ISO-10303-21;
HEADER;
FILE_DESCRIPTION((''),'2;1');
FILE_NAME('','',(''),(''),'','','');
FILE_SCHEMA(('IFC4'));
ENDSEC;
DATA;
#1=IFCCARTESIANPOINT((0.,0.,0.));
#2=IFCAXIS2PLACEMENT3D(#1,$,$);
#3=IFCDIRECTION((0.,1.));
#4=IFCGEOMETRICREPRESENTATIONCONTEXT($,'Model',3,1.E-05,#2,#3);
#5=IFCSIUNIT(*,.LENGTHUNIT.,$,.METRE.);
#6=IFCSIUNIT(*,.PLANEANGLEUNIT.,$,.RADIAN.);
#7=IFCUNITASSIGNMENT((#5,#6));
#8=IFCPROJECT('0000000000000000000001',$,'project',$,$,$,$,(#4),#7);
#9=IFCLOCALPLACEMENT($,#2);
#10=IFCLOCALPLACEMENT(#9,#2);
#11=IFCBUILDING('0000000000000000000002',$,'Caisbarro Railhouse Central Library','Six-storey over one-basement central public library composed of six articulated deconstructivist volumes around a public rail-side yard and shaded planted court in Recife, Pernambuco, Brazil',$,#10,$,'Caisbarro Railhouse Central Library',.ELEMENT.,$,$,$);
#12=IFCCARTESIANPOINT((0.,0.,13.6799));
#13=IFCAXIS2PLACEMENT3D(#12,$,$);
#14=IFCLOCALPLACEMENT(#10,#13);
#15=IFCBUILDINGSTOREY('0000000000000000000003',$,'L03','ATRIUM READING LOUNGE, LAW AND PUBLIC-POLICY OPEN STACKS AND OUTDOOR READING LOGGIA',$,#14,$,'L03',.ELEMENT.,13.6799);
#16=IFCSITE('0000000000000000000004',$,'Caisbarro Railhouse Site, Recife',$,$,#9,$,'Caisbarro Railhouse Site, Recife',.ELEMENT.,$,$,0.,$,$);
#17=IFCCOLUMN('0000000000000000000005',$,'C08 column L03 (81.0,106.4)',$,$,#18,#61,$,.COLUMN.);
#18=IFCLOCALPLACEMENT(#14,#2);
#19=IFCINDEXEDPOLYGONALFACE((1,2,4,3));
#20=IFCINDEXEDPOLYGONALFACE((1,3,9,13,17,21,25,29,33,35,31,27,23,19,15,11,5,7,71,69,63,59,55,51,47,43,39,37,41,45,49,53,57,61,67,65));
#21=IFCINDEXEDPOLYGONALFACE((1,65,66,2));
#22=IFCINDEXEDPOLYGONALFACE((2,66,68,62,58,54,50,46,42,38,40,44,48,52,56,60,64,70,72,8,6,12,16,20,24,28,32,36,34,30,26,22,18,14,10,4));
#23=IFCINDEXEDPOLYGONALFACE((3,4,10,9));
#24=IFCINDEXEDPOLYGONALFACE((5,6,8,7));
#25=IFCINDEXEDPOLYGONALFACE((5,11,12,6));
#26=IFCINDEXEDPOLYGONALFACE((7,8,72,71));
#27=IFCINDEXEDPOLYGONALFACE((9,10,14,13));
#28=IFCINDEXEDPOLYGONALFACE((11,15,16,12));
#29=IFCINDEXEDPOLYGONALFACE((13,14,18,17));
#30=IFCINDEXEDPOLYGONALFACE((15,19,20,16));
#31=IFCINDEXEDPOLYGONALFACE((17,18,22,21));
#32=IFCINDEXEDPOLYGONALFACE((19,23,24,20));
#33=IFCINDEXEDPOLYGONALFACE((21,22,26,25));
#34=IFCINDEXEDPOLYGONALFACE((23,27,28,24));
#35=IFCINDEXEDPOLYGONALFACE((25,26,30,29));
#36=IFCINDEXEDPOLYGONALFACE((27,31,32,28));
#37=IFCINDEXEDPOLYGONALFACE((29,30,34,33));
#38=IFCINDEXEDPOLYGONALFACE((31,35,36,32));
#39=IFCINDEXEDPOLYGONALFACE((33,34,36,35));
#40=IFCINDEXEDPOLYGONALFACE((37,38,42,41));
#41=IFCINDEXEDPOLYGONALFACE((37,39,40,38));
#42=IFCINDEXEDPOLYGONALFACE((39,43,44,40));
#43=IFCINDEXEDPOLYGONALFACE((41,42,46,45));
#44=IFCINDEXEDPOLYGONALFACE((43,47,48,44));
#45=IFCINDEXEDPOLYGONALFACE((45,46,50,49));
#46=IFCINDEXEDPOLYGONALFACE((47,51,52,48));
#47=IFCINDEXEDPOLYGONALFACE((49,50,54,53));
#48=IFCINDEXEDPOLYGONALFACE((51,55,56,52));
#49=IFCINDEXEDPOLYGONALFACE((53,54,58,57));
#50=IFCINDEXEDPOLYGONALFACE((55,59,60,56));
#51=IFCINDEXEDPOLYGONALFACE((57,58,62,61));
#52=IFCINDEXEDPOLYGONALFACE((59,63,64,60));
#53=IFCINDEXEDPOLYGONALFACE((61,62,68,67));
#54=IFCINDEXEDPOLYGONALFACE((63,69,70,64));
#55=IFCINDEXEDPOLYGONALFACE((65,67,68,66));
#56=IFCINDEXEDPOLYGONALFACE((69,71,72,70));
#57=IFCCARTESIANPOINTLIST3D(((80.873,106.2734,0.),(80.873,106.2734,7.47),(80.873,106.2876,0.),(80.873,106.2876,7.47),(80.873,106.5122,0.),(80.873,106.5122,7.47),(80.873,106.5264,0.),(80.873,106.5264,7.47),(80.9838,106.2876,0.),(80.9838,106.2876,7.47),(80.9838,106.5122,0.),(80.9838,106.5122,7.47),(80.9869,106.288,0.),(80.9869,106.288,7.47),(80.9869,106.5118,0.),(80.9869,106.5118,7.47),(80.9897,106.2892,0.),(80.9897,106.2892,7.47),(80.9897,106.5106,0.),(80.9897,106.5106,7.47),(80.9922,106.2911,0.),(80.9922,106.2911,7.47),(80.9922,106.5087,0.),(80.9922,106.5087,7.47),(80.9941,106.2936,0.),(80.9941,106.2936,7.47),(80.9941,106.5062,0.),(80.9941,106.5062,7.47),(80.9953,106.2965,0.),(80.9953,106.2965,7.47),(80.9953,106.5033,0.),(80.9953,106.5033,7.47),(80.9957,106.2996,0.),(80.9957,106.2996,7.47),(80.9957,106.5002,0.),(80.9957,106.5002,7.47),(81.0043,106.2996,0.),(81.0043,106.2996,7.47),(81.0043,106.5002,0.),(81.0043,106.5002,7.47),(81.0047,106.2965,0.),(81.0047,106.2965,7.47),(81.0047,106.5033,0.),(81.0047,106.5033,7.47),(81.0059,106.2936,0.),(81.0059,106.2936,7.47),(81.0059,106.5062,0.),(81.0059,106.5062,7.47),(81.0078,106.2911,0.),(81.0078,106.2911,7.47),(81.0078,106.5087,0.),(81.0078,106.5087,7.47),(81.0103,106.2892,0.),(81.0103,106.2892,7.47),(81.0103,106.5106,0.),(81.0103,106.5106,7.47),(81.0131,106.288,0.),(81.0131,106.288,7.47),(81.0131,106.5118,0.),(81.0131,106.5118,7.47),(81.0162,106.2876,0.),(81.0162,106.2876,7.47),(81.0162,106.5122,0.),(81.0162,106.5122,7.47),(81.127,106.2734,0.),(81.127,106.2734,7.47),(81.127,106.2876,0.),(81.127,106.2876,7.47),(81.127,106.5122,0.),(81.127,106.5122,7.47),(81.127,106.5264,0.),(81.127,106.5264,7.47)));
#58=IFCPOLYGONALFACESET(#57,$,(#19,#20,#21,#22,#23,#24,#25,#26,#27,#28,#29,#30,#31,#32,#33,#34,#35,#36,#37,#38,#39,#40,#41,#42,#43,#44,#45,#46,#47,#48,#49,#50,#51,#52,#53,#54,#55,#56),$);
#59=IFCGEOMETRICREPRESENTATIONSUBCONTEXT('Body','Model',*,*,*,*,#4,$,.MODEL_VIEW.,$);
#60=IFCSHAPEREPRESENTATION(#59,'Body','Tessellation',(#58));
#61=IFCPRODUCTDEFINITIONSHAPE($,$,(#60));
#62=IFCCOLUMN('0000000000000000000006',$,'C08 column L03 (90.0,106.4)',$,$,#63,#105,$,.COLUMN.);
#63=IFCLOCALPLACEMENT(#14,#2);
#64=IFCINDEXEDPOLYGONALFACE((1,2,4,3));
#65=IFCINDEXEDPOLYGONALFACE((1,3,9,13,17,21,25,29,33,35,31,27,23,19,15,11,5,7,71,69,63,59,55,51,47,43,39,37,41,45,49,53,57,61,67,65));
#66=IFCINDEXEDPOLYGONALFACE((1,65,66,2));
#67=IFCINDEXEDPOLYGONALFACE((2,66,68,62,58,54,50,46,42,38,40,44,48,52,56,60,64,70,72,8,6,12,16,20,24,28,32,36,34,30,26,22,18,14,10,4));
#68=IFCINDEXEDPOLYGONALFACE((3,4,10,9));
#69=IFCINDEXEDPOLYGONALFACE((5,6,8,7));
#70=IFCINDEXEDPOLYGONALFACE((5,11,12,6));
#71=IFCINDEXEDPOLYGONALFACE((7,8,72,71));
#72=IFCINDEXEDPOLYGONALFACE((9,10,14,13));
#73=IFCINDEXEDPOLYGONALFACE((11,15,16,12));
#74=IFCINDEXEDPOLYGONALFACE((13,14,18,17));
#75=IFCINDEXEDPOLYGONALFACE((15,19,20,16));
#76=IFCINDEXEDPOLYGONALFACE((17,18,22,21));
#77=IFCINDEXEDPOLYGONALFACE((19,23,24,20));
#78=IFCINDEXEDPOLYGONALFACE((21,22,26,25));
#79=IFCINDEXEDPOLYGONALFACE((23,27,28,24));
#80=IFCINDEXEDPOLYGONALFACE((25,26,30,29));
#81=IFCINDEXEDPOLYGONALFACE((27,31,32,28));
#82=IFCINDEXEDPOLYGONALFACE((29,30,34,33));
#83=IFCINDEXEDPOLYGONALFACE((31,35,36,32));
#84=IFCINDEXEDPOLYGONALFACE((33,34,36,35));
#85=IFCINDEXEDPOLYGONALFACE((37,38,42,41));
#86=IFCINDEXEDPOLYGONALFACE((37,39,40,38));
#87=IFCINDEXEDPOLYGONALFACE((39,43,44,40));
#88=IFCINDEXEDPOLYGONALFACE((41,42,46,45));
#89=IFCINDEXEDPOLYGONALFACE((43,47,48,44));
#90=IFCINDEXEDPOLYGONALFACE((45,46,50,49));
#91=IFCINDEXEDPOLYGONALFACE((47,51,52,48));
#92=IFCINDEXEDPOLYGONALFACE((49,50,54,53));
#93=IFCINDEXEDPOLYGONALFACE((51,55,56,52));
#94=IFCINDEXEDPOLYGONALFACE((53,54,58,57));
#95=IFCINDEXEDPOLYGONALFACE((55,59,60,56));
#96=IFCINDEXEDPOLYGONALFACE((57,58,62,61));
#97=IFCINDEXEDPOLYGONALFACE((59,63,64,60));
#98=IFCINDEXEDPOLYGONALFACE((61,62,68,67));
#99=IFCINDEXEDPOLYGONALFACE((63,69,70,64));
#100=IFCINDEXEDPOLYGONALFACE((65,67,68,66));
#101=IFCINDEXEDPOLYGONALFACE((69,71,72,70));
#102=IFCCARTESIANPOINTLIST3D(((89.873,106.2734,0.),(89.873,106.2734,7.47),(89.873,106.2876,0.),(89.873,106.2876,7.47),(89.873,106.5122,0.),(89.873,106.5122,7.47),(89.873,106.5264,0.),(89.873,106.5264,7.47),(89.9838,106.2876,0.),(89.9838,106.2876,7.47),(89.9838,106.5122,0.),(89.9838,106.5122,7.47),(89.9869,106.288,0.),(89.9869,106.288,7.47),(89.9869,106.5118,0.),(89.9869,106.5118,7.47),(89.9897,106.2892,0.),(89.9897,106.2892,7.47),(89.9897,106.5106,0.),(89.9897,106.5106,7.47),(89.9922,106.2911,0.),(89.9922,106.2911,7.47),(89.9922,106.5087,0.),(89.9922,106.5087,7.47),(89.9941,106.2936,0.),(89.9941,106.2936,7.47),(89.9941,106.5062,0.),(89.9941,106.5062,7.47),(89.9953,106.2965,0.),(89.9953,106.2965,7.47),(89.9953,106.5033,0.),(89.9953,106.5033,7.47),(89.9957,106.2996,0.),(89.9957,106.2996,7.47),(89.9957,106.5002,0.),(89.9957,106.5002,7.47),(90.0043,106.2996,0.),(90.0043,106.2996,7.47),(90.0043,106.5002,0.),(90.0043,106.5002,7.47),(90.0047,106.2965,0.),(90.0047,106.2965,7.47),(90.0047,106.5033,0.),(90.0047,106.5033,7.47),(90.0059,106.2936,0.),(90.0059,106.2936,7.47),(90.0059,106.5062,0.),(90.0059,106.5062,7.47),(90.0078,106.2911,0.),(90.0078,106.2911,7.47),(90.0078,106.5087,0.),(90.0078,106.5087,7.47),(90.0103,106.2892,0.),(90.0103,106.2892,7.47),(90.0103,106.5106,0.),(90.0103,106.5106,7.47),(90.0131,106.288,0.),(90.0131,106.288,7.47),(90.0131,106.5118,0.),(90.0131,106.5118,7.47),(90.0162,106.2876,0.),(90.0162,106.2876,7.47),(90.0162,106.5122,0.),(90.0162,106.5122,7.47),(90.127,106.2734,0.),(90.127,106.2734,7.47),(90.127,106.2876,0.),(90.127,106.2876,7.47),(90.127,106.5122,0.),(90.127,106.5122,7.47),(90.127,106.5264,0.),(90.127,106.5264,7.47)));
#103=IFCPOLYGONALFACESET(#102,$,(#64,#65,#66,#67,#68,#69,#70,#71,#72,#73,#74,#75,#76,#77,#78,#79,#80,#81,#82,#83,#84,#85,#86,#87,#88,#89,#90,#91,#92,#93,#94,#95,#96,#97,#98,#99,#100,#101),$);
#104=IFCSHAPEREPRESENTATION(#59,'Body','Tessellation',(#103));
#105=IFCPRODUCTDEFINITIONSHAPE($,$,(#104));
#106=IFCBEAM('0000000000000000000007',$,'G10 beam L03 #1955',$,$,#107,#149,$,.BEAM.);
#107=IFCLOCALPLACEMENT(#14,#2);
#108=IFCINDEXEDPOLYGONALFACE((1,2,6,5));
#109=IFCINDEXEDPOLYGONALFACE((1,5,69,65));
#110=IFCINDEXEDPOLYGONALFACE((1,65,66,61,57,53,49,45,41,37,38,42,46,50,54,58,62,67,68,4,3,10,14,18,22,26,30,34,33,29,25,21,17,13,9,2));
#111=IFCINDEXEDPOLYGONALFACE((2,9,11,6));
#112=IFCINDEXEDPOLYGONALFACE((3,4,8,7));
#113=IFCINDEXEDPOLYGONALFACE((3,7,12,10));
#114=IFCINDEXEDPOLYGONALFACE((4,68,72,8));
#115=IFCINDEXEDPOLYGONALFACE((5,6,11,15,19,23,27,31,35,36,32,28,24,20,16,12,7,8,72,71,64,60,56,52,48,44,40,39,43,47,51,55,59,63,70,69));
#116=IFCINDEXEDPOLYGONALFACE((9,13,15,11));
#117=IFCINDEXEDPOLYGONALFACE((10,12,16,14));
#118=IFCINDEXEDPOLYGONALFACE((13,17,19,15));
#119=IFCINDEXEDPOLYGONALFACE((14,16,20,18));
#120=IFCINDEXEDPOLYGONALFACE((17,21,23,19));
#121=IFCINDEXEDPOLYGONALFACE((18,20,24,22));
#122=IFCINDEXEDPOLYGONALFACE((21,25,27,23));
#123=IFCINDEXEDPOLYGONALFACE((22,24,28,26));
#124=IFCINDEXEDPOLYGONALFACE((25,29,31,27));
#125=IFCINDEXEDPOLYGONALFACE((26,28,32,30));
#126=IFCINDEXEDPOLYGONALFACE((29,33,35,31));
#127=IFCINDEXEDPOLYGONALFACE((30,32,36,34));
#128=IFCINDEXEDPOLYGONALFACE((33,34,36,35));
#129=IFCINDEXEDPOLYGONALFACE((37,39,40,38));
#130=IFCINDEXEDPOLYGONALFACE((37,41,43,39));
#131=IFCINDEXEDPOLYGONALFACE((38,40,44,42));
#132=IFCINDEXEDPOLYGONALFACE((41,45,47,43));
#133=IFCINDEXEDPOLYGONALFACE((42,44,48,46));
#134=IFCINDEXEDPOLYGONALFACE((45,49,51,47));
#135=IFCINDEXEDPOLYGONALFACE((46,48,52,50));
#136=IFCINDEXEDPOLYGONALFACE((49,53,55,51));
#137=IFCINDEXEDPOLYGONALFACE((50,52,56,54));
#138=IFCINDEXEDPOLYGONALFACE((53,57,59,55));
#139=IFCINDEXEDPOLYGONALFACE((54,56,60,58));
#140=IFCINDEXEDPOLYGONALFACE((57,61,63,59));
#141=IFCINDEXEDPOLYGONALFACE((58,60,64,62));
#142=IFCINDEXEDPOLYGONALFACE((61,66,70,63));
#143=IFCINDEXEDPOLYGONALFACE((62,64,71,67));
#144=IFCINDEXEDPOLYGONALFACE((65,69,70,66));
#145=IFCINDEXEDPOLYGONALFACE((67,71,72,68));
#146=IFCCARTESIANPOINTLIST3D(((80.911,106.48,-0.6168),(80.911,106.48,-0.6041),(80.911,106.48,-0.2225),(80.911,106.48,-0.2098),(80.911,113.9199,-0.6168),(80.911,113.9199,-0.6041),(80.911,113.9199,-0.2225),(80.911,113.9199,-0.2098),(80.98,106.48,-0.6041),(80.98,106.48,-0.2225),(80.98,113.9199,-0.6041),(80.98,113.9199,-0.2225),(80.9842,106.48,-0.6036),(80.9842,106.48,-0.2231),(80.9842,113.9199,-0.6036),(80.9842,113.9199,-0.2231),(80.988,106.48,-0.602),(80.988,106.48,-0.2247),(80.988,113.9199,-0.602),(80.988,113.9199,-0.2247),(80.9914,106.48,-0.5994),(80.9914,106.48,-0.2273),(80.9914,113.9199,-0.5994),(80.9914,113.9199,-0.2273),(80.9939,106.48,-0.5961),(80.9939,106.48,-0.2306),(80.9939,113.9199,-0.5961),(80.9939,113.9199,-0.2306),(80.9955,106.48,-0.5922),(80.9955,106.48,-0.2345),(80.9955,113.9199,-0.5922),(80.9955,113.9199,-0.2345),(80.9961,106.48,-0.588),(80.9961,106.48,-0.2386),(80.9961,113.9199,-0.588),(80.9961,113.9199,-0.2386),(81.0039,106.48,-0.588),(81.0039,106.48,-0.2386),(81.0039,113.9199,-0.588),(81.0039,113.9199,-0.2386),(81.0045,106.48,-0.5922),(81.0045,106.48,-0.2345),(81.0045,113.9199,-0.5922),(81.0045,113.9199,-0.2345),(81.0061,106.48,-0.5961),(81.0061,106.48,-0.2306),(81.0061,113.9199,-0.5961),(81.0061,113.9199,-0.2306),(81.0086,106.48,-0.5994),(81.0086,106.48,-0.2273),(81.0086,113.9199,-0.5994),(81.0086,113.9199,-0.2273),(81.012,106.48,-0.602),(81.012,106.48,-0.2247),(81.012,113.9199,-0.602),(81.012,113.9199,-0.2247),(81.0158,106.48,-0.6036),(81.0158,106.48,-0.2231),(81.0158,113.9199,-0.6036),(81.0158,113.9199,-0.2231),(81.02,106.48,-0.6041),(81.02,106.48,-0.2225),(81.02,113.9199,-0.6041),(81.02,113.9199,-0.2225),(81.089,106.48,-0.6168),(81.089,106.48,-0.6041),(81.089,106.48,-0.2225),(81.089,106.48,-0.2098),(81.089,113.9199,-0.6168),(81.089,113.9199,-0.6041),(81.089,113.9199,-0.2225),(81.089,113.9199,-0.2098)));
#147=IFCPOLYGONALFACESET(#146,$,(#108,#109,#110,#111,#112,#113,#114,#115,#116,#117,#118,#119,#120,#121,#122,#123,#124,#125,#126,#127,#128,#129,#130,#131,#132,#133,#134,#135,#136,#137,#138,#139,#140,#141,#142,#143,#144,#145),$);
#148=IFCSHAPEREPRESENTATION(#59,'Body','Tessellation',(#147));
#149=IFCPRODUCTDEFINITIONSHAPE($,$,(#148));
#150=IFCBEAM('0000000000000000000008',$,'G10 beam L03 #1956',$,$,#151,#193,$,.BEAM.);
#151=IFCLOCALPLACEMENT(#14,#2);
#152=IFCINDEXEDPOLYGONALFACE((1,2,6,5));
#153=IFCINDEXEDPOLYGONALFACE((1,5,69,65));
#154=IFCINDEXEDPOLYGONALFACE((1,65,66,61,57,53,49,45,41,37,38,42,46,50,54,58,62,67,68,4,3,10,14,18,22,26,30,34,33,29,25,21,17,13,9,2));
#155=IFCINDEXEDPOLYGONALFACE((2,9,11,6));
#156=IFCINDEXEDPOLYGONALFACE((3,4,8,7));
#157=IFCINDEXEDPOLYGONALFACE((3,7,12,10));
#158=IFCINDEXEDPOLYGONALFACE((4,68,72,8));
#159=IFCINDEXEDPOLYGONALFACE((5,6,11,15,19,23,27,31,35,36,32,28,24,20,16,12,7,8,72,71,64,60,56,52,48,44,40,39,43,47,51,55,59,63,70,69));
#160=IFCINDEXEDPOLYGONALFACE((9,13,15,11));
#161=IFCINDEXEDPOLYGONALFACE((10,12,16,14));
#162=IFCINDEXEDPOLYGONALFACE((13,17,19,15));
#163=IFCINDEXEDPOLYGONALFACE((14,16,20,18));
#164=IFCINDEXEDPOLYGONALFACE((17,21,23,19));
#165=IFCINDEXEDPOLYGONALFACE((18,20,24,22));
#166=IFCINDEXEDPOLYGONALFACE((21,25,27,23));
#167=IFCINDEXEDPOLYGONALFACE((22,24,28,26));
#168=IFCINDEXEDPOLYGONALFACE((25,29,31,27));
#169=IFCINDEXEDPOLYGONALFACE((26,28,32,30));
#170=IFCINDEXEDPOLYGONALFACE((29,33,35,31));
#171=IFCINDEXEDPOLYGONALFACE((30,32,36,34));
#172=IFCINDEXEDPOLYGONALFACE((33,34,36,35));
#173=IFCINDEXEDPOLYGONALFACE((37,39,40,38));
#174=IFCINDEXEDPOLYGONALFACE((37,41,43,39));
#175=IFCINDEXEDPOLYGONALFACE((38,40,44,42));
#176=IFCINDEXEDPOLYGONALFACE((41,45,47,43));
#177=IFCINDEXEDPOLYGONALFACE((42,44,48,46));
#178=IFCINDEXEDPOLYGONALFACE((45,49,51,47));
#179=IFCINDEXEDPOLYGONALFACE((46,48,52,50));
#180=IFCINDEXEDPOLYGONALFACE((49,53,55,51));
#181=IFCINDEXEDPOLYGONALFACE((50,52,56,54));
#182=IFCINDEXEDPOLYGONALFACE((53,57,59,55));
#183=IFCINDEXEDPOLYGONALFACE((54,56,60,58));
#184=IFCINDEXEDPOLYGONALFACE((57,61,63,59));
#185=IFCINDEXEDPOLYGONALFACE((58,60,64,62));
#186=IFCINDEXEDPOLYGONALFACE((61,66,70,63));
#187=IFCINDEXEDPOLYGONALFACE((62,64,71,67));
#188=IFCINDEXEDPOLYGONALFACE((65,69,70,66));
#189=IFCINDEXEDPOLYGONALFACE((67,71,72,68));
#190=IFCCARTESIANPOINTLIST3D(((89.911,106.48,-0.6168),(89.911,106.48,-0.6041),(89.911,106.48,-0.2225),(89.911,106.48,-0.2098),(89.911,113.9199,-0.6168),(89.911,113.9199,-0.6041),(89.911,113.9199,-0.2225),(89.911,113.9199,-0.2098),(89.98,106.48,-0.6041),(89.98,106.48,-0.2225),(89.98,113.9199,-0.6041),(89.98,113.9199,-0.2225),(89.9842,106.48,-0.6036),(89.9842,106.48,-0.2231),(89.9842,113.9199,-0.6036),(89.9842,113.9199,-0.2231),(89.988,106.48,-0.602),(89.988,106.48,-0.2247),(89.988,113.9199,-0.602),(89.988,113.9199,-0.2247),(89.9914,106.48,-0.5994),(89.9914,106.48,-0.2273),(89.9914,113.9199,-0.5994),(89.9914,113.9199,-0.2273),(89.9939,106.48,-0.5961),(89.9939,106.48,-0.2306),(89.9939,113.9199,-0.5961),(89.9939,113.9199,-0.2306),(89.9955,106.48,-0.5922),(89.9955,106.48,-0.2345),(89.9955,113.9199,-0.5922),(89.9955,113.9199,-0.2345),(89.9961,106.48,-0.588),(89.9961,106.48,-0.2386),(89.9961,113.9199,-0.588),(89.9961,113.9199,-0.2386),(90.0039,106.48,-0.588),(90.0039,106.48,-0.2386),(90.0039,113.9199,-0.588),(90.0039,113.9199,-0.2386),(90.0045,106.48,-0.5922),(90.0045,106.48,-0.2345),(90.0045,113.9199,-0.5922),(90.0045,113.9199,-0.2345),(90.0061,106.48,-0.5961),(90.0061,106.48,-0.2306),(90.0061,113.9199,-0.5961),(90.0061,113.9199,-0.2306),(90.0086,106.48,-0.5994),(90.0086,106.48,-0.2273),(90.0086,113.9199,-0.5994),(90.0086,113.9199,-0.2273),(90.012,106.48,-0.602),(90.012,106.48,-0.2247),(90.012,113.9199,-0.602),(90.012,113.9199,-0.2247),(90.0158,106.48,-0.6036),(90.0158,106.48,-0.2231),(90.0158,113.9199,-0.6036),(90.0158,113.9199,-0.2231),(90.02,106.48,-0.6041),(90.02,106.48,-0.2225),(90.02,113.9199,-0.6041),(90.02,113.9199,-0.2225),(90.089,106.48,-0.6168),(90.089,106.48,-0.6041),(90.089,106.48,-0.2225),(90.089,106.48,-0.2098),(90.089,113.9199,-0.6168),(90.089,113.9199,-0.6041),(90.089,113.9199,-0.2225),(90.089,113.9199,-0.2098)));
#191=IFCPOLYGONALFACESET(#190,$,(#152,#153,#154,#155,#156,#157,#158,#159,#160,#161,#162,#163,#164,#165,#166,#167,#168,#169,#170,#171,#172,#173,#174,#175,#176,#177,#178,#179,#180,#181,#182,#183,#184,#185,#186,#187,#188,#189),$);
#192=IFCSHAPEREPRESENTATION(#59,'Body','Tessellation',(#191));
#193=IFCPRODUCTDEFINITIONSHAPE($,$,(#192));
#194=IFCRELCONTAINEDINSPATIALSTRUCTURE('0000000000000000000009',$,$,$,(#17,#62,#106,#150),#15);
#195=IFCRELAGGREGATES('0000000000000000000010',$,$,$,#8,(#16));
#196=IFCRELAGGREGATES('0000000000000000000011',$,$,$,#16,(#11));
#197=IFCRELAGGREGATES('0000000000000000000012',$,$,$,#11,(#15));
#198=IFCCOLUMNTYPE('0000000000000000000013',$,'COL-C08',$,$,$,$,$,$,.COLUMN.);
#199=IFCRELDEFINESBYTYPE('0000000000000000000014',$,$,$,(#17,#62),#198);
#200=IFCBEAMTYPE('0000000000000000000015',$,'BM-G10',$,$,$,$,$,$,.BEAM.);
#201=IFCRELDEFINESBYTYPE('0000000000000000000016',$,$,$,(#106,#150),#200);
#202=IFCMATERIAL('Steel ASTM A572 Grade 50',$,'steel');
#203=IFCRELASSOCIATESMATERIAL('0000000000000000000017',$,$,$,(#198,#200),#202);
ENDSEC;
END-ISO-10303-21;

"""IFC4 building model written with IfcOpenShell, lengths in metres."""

from ifc_helpers import new_model, si_unit, direction, frame, origin, origin_2d, place, context, subcontext, project, spatial, i_section, extrude, material, material_profile, profile_set, type_object, element, save


model = new_model("IFC4")

# Units and contexts
model_context = context("Model", 3, precision=1e-05, world=origin(), true_north=direction((0.0, 1.0)))
body_context = subcontext(model_context, "Body", "Model", "MODEL_VIEW")
ifc_project = project(units=[si_unit("LENGTHUNIT", "METRE"), si_unit("PLANEANGLEUNIT", "RADIAN")], contexts=[model_context])

# Site, building, storey
site_placement = place(None, origin())
site = spatial("IfcSite", under=ifc_project, at=site_placement, Name="Caisbarro Railhouse Site, Recife", LongName="Caisbarro Railhouse Site, Recife", CompositionType="ELEMENT", RefElevation=0.0)
building_placement = place(site_placement, origin())
building = spatial("IfcBuilding", under=site, at=building_placement, Name="Caisbarro Railhouse Central Library", Description="Six-storey over one-basement central public library composed of six articulated deconstructivist volumes around a public rail-side yard and shaded planted court in Recife, Pernambuco, Brazil", LongName="Caisbarro Railhouse Central Library", CompositionType="ELEMENT")
storey_placement = place(building_placement, frame((0.0, 0.0, 13.6799)))
storey = spatial("IfcBuildingStorey", under=building, at=storey_placement, Name="L03", Description="ATRIUM READING LOUNGE, LAW AND PUBLIC-POLICY OPEN STACKS AND OUTDOOR READING LOGGIA", LongName="L03", CompositionType="ELEMENT", Elevation=13.6799)

# Columns
ifc_material_1 = material(Name="Steel ASTM A572 Grade 50", Category="steel")
ifc_material_profile_1 = material_profile(ifc_material_1, i_section(OverallWidth=0.2539, OverallDepth=0.2529, WebThickness=0.0085, FlangeThickness=0.0142, FilletRadius=0.012, at=origin_2d()), Name="W250X73.0")
ifc_profile_set_1 = profile_set([ifc_material_profile_1], Name="Steel ASTM A572 Grade 50")
column_type = type_object("IfcColumnType", Name="COL-C08", PredefinedType="COLUMN", material=ifc_profile_set_1)
for number, where, z_axis, x_axis, name in (
    (1, (81.0, 106.3999, 0.0), (0.0, 0.0, 1.0), (1.0, 0.0, 0.0), "C08 column L03 (81.0,106.4)"),
    (2, (90.0, 106.3999, 0.0), (0.0, 0.0, 1.0), (1.0, 0.0, 0.0), "C08 column L03 (90.0,106.4)"),
):
    element("IfcColumn", number, at=place(storey_placement, frame(where, z_axis=z_axis, x_axis=x_axis)), inside=storey, type_object=column_type, Name=name, PredefinedType="COLUMN", context=body_context, shape_type="SweptSolid", body=[
        extrude(i_section(OverallWidth=0.2539, OverallDepth=0.2529, WebThickness=0.0085, FlangeThickness=0.0142, FilletRadius=0.012, at=origin_2d()), origin(), (0.0, 0.0, 1.0), 7.47),
    ])

# Beams
ifc_material_profile_2 = material_profile(ifc_material_1, i_section(OverallWidth=0.178, OverallDepth=0.407, WebThickness=0.0078, FlangeThickness=0.0127, FilletRadius=0.0161, at=origin_2d()), Name="W410X60.0")
ifc_profile_set_2 = profile_set([ifc_material_profile_2], Name="Steel ASTM A572 Grade 50")
beam_type_1 = type_object("IfcBeamType", Name="BM-G10", PredefinedType="BEAM", material=ifc_profile_set_2)
for number, where, z_axis, x_axis, name in (
    (3, (81.0, 106.48, -0.4133), (0.0, 1.0, 0.0), (-1.0, 0.0, 0.0), "G10 beam L03 #1955"),
    (4, (90.0, 106.48, -0.4133), (0.0, 1.0, 0.0), (-1.0, 0.0, 0.0), "G10 beam L03 #1956"),
):
    element("IfcBeam", number, at=place(storey_placement, frame(where, z_axis=z_axis, x_axis=x_axis)), inside=storey, type_object=beam_type_1, Name=name, PredefinedType="BEAM", context=body_context, shape_type="SweptSolid", body=[
        extrude(i_section(OverallWidth=0.178, OverallDepth=0.407, WebThickness=0.0078, FlangeThickness=0.0127, FilletRadius=0.0161, at=origin_2d()), origin(), (0.0, 0.0, 1.0), 7.4399),
    ])

save(model, "model.ifc")
